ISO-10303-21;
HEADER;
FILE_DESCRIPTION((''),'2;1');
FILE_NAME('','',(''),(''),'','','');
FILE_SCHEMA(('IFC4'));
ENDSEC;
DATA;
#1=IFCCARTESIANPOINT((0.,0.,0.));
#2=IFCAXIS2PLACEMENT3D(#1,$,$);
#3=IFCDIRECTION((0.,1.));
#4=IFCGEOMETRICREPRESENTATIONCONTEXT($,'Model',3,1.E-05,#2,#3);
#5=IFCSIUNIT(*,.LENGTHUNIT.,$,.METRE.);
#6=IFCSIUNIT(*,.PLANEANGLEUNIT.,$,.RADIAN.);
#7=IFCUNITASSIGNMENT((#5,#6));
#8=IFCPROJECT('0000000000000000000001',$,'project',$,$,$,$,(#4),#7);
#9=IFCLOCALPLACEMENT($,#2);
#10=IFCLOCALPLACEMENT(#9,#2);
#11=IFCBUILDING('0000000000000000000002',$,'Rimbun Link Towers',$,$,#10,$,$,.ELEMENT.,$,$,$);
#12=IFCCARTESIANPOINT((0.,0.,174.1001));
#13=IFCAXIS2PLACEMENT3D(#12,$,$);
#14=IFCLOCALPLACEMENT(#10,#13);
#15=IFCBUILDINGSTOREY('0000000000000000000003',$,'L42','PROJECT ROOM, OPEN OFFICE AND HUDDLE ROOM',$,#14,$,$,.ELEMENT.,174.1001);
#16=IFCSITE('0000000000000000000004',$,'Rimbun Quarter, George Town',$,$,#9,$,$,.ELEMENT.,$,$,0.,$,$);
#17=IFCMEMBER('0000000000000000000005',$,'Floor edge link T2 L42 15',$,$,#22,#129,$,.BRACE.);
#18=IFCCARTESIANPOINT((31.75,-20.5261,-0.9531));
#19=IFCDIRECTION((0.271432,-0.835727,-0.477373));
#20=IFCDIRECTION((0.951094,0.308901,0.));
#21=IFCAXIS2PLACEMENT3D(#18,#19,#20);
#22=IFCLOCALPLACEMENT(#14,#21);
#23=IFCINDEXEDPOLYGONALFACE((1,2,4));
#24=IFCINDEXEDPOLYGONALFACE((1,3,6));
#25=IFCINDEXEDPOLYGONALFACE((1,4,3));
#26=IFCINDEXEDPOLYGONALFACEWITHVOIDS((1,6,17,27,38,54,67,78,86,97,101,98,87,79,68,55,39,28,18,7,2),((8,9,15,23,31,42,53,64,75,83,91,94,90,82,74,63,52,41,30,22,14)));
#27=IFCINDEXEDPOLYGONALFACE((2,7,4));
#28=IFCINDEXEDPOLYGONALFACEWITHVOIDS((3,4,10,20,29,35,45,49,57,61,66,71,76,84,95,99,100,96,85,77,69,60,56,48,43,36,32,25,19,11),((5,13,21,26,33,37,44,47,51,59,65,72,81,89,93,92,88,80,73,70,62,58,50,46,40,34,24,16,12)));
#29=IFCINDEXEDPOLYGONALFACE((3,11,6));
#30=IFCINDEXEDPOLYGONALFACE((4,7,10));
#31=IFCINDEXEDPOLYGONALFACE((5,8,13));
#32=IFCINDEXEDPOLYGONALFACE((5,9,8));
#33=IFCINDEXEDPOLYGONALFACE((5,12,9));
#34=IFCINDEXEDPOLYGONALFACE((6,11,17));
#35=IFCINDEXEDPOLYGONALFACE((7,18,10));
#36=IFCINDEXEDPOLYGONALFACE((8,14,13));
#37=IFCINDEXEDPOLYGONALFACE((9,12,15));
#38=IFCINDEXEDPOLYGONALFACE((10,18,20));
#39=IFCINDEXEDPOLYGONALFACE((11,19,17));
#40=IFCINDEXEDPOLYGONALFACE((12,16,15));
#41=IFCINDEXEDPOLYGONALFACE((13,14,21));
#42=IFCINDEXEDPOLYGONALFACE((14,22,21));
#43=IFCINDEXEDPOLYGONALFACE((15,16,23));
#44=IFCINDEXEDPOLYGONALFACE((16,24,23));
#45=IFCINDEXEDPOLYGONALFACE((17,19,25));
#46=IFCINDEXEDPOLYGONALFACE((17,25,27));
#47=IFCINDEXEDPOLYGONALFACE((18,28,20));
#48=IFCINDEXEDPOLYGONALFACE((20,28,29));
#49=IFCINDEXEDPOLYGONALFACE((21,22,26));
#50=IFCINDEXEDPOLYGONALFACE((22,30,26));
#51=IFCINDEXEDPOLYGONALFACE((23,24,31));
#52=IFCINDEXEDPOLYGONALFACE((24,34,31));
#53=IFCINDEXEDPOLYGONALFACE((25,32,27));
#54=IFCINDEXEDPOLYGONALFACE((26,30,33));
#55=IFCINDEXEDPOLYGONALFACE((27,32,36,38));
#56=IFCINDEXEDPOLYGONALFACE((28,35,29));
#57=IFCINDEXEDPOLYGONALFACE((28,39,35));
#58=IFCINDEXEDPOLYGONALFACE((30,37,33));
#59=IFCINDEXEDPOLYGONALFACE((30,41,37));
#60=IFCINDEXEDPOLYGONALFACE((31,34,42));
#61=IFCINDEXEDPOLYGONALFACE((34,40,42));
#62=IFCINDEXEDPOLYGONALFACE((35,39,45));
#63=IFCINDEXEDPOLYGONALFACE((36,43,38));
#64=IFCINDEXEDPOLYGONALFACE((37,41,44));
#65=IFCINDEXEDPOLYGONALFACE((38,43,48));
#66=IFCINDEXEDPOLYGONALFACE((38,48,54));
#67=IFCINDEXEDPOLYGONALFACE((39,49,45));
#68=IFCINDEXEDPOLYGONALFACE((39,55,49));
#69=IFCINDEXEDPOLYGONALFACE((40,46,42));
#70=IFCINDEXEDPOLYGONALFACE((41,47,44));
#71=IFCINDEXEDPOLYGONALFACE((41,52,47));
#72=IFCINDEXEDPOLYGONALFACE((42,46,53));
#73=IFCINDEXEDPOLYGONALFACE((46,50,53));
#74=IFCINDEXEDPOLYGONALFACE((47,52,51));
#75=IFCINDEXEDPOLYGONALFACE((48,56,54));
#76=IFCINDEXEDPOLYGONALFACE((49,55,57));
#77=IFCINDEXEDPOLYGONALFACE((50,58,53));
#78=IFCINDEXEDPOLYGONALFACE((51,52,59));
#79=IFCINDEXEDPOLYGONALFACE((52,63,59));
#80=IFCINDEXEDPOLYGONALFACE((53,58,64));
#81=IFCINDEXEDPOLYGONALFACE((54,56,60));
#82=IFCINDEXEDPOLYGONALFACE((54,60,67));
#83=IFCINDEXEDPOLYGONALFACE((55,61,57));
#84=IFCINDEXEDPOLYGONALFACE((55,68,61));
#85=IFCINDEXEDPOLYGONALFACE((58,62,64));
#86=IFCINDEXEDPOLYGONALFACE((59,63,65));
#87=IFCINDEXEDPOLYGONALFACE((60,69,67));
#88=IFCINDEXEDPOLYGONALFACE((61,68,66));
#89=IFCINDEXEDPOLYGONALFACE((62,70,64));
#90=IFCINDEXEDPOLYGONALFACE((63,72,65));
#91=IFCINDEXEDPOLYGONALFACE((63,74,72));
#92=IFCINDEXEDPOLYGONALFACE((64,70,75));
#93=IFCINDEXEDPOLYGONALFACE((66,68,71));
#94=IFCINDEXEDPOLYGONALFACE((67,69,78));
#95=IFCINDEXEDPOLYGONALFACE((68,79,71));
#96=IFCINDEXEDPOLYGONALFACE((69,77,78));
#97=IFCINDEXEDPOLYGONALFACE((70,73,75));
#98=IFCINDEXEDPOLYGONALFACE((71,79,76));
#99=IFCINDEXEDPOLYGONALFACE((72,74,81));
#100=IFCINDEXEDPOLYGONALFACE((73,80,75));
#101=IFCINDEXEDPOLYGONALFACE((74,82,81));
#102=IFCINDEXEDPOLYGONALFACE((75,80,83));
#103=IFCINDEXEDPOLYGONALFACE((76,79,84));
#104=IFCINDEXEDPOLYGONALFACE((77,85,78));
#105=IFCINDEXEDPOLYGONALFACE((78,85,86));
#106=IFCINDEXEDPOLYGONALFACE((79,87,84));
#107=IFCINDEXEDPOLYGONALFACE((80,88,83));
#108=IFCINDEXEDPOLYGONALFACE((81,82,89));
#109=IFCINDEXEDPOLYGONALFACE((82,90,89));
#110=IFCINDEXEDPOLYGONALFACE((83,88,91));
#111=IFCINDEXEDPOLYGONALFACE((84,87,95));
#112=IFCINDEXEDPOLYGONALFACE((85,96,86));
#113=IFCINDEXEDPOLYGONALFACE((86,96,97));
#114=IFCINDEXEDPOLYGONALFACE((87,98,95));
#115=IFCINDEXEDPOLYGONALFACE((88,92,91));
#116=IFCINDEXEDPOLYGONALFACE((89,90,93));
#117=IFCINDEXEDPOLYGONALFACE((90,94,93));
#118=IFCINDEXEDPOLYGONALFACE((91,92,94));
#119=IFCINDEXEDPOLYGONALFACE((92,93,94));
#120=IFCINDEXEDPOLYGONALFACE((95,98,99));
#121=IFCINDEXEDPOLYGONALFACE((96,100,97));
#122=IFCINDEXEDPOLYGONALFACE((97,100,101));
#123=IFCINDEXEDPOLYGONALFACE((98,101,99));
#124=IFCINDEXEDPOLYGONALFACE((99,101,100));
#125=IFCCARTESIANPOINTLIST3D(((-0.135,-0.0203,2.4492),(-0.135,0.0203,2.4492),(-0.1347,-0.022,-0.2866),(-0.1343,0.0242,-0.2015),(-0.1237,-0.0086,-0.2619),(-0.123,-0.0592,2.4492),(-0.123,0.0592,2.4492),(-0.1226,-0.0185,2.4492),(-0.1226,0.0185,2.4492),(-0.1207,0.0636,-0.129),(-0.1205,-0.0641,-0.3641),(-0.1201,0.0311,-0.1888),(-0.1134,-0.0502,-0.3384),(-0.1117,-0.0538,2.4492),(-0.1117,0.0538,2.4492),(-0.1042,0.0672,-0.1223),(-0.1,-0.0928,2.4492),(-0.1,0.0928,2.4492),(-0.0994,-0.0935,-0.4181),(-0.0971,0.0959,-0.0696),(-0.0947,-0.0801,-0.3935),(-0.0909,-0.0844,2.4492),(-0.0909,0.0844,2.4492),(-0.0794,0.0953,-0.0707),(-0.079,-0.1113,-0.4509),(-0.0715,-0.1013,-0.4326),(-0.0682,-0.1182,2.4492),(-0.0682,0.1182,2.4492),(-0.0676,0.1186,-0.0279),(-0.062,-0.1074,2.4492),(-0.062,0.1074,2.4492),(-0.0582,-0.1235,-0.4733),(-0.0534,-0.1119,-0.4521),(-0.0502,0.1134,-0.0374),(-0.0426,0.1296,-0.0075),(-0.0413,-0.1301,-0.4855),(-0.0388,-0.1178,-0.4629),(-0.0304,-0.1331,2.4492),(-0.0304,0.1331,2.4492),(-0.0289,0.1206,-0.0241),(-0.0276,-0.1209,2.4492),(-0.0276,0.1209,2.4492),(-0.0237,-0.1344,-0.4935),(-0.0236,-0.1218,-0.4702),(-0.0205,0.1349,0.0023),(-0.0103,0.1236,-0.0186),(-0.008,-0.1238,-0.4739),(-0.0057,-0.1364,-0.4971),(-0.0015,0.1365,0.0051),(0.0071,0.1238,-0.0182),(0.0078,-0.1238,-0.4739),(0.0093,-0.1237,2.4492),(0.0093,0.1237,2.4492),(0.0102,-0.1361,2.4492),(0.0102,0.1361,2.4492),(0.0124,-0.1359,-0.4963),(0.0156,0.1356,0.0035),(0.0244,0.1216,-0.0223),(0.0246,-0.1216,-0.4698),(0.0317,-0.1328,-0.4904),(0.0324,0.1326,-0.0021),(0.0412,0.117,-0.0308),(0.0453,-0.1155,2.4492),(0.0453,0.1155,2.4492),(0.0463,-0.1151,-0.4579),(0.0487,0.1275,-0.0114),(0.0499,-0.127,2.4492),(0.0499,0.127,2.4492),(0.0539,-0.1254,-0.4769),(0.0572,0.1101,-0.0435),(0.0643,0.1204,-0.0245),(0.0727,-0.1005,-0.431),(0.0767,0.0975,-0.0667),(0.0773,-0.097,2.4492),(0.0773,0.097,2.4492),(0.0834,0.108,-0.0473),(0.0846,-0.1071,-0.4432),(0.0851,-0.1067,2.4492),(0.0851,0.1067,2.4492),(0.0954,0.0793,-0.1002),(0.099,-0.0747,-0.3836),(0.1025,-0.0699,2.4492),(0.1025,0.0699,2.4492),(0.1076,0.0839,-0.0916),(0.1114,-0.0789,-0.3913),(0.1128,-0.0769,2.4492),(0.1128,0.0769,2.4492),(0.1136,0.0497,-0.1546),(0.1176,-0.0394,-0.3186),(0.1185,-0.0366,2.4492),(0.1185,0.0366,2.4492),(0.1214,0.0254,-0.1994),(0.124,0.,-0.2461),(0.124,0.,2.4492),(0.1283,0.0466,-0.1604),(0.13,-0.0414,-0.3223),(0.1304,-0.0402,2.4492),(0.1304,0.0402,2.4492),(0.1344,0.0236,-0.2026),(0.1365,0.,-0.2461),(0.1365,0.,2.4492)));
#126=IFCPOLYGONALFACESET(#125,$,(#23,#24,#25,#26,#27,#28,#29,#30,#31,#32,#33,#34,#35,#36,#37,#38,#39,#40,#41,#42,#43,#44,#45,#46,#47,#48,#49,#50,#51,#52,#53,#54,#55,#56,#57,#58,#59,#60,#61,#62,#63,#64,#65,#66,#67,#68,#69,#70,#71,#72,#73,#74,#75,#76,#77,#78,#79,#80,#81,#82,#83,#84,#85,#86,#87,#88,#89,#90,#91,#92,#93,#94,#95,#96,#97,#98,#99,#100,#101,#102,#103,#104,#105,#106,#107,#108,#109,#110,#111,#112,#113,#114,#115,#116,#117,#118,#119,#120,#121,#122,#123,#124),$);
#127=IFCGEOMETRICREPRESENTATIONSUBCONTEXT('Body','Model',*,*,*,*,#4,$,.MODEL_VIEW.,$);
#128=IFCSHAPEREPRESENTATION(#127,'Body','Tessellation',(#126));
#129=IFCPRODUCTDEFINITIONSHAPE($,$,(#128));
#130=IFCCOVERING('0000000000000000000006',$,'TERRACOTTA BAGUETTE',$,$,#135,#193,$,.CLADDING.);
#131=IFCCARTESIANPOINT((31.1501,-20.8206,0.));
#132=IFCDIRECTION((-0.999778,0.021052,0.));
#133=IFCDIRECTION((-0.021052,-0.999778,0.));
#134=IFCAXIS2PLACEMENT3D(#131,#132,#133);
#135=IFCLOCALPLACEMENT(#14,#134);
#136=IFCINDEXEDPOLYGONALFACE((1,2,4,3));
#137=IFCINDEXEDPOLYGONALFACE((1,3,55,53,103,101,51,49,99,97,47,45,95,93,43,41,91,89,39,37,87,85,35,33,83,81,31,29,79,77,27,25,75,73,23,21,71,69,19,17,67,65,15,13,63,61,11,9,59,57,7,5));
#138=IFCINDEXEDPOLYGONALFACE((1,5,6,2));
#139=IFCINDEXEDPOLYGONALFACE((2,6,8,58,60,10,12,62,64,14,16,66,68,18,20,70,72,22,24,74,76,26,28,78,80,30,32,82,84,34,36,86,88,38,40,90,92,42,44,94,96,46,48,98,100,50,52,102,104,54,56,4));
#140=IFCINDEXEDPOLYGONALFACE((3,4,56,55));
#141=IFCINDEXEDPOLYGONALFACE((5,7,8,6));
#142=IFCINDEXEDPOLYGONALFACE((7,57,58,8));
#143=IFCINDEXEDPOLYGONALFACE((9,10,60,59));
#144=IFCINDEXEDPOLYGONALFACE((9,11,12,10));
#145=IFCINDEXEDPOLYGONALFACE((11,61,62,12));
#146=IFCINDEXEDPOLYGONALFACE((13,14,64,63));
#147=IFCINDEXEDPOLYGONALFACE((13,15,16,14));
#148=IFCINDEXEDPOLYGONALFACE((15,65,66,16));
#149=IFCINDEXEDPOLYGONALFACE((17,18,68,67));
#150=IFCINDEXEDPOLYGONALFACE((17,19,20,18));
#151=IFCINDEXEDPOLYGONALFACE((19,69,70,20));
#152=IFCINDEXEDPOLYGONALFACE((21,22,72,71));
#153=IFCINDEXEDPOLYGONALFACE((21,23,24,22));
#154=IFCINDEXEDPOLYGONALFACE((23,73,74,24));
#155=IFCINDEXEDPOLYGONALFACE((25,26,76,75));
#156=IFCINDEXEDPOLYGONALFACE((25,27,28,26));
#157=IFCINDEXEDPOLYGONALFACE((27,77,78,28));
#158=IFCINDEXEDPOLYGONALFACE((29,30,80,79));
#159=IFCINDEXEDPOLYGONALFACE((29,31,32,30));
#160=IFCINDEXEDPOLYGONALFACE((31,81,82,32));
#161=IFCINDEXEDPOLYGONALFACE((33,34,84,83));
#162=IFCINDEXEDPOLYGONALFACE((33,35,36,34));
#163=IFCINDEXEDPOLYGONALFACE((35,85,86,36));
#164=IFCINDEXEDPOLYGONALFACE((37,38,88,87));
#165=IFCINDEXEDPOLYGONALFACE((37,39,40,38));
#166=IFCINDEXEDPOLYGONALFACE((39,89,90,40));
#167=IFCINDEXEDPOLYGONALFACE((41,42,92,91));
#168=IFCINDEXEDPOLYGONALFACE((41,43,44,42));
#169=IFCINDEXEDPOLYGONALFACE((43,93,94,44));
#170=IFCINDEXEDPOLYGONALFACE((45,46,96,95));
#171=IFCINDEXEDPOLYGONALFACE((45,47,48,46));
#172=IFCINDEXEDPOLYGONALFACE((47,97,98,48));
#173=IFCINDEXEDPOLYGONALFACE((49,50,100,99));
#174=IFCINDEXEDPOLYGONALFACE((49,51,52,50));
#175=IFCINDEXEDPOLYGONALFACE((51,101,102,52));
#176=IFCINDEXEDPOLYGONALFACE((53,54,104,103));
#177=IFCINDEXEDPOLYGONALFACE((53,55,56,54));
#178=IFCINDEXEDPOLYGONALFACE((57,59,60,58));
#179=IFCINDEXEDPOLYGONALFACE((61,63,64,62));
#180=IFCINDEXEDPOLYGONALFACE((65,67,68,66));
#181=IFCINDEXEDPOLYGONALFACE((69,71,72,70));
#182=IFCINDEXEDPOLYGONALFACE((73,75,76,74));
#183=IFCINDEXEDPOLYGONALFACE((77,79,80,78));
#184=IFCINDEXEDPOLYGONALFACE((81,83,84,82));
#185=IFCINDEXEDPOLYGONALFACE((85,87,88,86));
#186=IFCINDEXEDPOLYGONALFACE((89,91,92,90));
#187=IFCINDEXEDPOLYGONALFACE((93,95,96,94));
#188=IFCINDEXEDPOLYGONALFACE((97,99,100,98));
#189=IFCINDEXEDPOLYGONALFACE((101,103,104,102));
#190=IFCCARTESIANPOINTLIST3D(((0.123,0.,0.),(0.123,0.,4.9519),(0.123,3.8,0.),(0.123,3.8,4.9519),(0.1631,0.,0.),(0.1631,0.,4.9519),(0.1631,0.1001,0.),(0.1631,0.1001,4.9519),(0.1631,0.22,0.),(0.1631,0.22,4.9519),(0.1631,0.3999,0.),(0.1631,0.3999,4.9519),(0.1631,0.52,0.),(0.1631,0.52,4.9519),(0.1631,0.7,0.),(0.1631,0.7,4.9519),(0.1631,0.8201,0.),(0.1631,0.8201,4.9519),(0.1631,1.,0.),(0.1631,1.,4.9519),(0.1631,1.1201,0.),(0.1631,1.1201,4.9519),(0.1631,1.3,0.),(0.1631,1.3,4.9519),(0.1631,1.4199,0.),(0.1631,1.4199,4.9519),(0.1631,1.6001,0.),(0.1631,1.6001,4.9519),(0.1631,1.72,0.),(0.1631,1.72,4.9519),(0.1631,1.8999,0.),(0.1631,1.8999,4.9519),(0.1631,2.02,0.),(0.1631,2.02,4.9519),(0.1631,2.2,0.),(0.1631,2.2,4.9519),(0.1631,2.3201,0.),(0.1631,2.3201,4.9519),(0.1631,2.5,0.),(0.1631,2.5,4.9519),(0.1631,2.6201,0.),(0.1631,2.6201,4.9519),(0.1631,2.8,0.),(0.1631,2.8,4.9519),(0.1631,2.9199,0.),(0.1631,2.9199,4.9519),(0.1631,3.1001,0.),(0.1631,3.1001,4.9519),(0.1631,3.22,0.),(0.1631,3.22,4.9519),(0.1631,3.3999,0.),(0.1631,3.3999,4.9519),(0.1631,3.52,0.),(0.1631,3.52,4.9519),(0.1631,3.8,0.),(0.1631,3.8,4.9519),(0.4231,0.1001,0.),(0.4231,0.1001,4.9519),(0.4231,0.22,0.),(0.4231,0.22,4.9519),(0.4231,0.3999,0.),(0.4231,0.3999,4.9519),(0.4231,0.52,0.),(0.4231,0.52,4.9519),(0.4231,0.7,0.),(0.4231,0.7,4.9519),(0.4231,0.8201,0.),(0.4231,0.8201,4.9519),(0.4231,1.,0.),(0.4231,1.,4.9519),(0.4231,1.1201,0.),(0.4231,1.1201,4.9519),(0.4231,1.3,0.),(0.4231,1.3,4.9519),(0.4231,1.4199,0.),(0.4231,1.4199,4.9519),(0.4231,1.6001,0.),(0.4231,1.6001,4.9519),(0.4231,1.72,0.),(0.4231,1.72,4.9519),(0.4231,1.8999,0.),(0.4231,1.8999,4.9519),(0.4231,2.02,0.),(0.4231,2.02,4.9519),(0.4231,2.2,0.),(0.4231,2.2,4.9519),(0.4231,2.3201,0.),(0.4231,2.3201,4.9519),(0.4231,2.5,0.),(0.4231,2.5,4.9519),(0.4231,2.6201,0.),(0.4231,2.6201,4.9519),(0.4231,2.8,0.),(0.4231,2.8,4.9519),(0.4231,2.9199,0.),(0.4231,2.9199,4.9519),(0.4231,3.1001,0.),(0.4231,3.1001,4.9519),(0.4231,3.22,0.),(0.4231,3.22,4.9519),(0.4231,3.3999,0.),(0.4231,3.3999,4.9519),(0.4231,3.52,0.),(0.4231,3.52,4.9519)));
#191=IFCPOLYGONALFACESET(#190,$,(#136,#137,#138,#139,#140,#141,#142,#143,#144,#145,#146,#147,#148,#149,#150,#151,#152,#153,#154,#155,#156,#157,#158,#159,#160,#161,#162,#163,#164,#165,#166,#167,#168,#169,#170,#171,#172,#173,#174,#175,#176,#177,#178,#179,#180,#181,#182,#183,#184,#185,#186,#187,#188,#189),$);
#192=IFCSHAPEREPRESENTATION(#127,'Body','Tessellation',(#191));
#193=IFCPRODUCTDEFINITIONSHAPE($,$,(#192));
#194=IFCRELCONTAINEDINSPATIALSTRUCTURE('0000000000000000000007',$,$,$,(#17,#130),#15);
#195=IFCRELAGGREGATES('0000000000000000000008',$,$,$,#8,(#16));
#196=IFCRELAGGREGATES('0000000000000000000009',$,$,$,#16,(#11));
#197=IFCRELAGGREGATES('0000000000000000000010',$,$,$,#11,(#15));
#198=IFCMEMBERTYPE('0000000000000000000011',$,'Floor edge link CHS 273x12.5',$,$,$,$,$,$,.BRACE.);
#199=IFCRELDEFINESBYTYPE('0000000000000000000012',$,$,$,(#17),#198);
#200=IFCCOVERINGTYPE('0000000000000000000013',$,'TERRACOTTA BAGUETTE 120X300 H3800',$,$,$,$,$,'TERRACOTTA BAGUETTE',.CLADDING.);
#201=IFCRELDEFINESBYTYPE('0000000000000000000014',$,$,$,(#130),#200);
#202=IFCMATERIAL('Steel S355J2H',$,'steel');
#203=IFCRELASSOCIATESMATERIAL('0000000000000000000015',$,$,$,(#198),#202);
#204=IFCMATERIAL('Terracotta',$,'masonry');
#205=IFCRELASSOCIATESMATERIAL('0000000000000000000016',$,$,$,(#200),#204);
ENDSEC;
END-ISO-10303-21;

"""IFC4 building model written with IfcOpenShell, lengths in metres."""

from ifc_helpers import new_model, si_unit, direction, frame, origin, origin_2d, place, context, subcontext, project, spatial, polyline, hollow_circle, outline, extrude, clip, halfspace, material, material_profile, profile_set, type_object, element, save


model = new_model("IFC4")

# Units and contexts
model_context = context("Model", 3, precision=1e-05, world=origin(), true_north=direction((0.0, 1.0)))
body_context = subcontext(model_context, "Body", "Model", "MODEL_VIEW")
ifc_project = project(units=[si_unit("LENGTHUNIT", "METRE"), si_unit("PLANEANGLEUNIT", "RADIAN")], contexts=[model_context])

# Site, building, storey
site_placement = place(None, origin())
site = spatial("IfcSite", under=ifc_project, at=site_placement, Name="Rimbun Quarter, George Town", CompositionType="ELEMENT", RefElevation=0.0)
building_placement = place(site_placement, origin())
building = spatial("IfcBuilding", under=site, at=building_placement, Name="Rimbun Link Towers", CompositionType="ELEMENT")
storey_placement = place(building_placement, frame((0.0, 0.0, 174.1001)))
storey = spatial("IfcBuildingStorey", under=building, at=storey_placement, Name="L42", Description="PROJECT ROOM, OPEN OFFICE AND HUDDLE ROOM", CompositionType="ELEMENT", Elevation=174.1001)

# Member
ifc_material_1 = material(Name="Steel S355J2H", Category="steel")
ifc_material_profile_1 = material_profile(ifc_material_1, hollow_circle(Radius=0.1365, WallThickness=0.0125, at=origin_2d()), Name="CHS 273x12.5")
ifc_profile_set_1 = profile_set([ifc_material_profile_1], Name="Steel S355J2H")
member_type_1 = type_object("IfcMemberType", Name="Floor edge link CHS 273x12.5", PredefinedType="BRACE", material=ifc_profile_set_1)
member_1_placement = place(storey_placement, frame((31.75, -20.5261, -0.9531), z_axis=(0.271432, -0.835727, -0.477373), x_axis=(0.951094, 0.308901, 0.0)))
element("IfcMember", 1, at=member_1_placement, inside=storey, type_object=member_type_1, Name="Floor edge link T2 L42 15", PredefinedType="BRACE", context=body_context, shape_type="Clipping", body=[
    clip(extrude(hollow_circle(Radius=0.1365, WallThickness=0.0125, at=origin_2d()), frame((0.0, 0.0, -0.5234)), (0.0, 0.0, 1.0), 2.9727), halfspace(frame((0.0, 0.0, -0.2461), z_axis=(0.0, 0.878701, -0.477373)), False)),
])

# Covering
ifc_material_2 = material(Name="Terracotta", Category="masonry")
ifc_material_profile_2 = material_profile(ifc_material_2, outline(polyline([(0.123, 0.0), (0.1631, 0.0), (0.1631, 0.1001), (0.4231, 0.1001), (0.4231, 0.22), (0.1631, 0.22), (0.1631, 0.3999), (0.4231, 0.3999), (0.4231, 0.52), (0.1631, 0.52), (0.1631, 0.7), (0.4231, 0.7), (0.4231, 0.8201), (0.1631, 0.8201), (0.1631, 1.0), (0.4231, 1.0), (0.4231, 1.1201), (0.1631, 1.1201), (0.1631, 1.3), (0.4231, 1.3), (0.4231, 1.4199), (0.1631, 1.4199), (0.1631, 1.6001), (0.4231, 1.6001), (0.4231, 1.72), (0.1631, 1.72), (0.1631, 1.8999), (0.4231, 1.8999), (0.4231, 2.02), (0.1631, 2.02), (0.1631, 2.2), (0.4231, 2.2), (0.4231, 2.3201), (0.1631, 2.3201), (0.1631, 2.5), (0.4231, 2.5), (0.4231, 2.6201), (0.1631, 2.6201), (0.1631, 2.8), (0.4231, 2.8), (0.4231, 2.9199), (0.1631, 2.9199), (0.1631, 3.1001), (0.4231, 3.1001), (0.4231, 3.22), (0.1631, 3.22), (0.1631, 3.3999), (0.4231, 3.3999), (0.4231, 3.52), (0.1631, 3.52), (0.1631, 3.8), (0.123, 3.8), (0.123, 0.0)])), Name="BAGUETTE 120X300")
ifc_profile_set_2 = profile_set([ifc_material_profile_2], Name="Terracotta")
covering_type = type_object("IfcCoveringType", Name="TERRACOTTA BAGUETTE 120X300 H3800", ElementType="TERRACOTTA BAGUETTE", PredefinedType="CLADDING", material=ifc_profile_set_2)
covering_1_placement = place(storey_placement, frame((31.1501, -20.8206, 0.0), z_axis=(-0.999778, 0.021052, 0.0), x_axis=(-0.021052, -0.999778, 0.0)))
element("IfcCovering", 2, at=covering_1_placement, inside=storey, type_object=covering_type, Name="TERRACOTTA BAGUETTE", PredefinedType="CLADDING", context=body_context, shape_type="SweptSolid", body=[
    extrude(outline(polyline([(0.123, 0.0), (0.1631, 0.0), (0.1631, 0.1001), (0.4231, 0.1001), (0.4231, 0.22), (0.1631, 0.22), (0.1631, 0.3999), (0.4231, 0.3999), (0.4231, 0.52), (0.1631, 0.52), (0.1631, 0.7), (0.4231, 0.7), (0.4231, 0.8201), (0.1631, 0.8201), (0.1631, 1.0), (0.4231, 1.0), (0.4231, 1.1201), (0.1631, 1.1201), (0.1631, 1.3), (0.4231, 1.3), (0.4231, 1.4199), (0.1631, 1.4199), (0.1631, 1.6001), (0.4231, 1.6001), (0.4231, 1.72), (0.1631, 1.72), (0.1631, 1.8999), (0.4231, 1.8999), (0.4231, 2.02), (0.1631, 2.02), (0.1631, 2.2), (0.4231, 2.2), (0.4231, 2.3201), (0.1631, 2.3201), (0.1631, 2.5), (0.4231, 2.5), (0.4231, 2.6201), (0.1631, 2.6201), (0.1631, 2.8), (0.4231, 2.8), (0.4231, 2.9199), (0.1631, 2.9199), (0.1631, 3.1001), (0.4231, 3.1001), (0.4231, 3.22), (0.1631, 3.22), (0.1631, 3.3999), (0.4231, 3.3999), (0.4231, 3.52), (0.1631, 3.52), (0.1631, 3.8), (0.123, 3.8), (0.123, 0.0)])), origin(), (0.0, 0.0, 1.0), 4.9519),
])

save(model, "model.ifc")
